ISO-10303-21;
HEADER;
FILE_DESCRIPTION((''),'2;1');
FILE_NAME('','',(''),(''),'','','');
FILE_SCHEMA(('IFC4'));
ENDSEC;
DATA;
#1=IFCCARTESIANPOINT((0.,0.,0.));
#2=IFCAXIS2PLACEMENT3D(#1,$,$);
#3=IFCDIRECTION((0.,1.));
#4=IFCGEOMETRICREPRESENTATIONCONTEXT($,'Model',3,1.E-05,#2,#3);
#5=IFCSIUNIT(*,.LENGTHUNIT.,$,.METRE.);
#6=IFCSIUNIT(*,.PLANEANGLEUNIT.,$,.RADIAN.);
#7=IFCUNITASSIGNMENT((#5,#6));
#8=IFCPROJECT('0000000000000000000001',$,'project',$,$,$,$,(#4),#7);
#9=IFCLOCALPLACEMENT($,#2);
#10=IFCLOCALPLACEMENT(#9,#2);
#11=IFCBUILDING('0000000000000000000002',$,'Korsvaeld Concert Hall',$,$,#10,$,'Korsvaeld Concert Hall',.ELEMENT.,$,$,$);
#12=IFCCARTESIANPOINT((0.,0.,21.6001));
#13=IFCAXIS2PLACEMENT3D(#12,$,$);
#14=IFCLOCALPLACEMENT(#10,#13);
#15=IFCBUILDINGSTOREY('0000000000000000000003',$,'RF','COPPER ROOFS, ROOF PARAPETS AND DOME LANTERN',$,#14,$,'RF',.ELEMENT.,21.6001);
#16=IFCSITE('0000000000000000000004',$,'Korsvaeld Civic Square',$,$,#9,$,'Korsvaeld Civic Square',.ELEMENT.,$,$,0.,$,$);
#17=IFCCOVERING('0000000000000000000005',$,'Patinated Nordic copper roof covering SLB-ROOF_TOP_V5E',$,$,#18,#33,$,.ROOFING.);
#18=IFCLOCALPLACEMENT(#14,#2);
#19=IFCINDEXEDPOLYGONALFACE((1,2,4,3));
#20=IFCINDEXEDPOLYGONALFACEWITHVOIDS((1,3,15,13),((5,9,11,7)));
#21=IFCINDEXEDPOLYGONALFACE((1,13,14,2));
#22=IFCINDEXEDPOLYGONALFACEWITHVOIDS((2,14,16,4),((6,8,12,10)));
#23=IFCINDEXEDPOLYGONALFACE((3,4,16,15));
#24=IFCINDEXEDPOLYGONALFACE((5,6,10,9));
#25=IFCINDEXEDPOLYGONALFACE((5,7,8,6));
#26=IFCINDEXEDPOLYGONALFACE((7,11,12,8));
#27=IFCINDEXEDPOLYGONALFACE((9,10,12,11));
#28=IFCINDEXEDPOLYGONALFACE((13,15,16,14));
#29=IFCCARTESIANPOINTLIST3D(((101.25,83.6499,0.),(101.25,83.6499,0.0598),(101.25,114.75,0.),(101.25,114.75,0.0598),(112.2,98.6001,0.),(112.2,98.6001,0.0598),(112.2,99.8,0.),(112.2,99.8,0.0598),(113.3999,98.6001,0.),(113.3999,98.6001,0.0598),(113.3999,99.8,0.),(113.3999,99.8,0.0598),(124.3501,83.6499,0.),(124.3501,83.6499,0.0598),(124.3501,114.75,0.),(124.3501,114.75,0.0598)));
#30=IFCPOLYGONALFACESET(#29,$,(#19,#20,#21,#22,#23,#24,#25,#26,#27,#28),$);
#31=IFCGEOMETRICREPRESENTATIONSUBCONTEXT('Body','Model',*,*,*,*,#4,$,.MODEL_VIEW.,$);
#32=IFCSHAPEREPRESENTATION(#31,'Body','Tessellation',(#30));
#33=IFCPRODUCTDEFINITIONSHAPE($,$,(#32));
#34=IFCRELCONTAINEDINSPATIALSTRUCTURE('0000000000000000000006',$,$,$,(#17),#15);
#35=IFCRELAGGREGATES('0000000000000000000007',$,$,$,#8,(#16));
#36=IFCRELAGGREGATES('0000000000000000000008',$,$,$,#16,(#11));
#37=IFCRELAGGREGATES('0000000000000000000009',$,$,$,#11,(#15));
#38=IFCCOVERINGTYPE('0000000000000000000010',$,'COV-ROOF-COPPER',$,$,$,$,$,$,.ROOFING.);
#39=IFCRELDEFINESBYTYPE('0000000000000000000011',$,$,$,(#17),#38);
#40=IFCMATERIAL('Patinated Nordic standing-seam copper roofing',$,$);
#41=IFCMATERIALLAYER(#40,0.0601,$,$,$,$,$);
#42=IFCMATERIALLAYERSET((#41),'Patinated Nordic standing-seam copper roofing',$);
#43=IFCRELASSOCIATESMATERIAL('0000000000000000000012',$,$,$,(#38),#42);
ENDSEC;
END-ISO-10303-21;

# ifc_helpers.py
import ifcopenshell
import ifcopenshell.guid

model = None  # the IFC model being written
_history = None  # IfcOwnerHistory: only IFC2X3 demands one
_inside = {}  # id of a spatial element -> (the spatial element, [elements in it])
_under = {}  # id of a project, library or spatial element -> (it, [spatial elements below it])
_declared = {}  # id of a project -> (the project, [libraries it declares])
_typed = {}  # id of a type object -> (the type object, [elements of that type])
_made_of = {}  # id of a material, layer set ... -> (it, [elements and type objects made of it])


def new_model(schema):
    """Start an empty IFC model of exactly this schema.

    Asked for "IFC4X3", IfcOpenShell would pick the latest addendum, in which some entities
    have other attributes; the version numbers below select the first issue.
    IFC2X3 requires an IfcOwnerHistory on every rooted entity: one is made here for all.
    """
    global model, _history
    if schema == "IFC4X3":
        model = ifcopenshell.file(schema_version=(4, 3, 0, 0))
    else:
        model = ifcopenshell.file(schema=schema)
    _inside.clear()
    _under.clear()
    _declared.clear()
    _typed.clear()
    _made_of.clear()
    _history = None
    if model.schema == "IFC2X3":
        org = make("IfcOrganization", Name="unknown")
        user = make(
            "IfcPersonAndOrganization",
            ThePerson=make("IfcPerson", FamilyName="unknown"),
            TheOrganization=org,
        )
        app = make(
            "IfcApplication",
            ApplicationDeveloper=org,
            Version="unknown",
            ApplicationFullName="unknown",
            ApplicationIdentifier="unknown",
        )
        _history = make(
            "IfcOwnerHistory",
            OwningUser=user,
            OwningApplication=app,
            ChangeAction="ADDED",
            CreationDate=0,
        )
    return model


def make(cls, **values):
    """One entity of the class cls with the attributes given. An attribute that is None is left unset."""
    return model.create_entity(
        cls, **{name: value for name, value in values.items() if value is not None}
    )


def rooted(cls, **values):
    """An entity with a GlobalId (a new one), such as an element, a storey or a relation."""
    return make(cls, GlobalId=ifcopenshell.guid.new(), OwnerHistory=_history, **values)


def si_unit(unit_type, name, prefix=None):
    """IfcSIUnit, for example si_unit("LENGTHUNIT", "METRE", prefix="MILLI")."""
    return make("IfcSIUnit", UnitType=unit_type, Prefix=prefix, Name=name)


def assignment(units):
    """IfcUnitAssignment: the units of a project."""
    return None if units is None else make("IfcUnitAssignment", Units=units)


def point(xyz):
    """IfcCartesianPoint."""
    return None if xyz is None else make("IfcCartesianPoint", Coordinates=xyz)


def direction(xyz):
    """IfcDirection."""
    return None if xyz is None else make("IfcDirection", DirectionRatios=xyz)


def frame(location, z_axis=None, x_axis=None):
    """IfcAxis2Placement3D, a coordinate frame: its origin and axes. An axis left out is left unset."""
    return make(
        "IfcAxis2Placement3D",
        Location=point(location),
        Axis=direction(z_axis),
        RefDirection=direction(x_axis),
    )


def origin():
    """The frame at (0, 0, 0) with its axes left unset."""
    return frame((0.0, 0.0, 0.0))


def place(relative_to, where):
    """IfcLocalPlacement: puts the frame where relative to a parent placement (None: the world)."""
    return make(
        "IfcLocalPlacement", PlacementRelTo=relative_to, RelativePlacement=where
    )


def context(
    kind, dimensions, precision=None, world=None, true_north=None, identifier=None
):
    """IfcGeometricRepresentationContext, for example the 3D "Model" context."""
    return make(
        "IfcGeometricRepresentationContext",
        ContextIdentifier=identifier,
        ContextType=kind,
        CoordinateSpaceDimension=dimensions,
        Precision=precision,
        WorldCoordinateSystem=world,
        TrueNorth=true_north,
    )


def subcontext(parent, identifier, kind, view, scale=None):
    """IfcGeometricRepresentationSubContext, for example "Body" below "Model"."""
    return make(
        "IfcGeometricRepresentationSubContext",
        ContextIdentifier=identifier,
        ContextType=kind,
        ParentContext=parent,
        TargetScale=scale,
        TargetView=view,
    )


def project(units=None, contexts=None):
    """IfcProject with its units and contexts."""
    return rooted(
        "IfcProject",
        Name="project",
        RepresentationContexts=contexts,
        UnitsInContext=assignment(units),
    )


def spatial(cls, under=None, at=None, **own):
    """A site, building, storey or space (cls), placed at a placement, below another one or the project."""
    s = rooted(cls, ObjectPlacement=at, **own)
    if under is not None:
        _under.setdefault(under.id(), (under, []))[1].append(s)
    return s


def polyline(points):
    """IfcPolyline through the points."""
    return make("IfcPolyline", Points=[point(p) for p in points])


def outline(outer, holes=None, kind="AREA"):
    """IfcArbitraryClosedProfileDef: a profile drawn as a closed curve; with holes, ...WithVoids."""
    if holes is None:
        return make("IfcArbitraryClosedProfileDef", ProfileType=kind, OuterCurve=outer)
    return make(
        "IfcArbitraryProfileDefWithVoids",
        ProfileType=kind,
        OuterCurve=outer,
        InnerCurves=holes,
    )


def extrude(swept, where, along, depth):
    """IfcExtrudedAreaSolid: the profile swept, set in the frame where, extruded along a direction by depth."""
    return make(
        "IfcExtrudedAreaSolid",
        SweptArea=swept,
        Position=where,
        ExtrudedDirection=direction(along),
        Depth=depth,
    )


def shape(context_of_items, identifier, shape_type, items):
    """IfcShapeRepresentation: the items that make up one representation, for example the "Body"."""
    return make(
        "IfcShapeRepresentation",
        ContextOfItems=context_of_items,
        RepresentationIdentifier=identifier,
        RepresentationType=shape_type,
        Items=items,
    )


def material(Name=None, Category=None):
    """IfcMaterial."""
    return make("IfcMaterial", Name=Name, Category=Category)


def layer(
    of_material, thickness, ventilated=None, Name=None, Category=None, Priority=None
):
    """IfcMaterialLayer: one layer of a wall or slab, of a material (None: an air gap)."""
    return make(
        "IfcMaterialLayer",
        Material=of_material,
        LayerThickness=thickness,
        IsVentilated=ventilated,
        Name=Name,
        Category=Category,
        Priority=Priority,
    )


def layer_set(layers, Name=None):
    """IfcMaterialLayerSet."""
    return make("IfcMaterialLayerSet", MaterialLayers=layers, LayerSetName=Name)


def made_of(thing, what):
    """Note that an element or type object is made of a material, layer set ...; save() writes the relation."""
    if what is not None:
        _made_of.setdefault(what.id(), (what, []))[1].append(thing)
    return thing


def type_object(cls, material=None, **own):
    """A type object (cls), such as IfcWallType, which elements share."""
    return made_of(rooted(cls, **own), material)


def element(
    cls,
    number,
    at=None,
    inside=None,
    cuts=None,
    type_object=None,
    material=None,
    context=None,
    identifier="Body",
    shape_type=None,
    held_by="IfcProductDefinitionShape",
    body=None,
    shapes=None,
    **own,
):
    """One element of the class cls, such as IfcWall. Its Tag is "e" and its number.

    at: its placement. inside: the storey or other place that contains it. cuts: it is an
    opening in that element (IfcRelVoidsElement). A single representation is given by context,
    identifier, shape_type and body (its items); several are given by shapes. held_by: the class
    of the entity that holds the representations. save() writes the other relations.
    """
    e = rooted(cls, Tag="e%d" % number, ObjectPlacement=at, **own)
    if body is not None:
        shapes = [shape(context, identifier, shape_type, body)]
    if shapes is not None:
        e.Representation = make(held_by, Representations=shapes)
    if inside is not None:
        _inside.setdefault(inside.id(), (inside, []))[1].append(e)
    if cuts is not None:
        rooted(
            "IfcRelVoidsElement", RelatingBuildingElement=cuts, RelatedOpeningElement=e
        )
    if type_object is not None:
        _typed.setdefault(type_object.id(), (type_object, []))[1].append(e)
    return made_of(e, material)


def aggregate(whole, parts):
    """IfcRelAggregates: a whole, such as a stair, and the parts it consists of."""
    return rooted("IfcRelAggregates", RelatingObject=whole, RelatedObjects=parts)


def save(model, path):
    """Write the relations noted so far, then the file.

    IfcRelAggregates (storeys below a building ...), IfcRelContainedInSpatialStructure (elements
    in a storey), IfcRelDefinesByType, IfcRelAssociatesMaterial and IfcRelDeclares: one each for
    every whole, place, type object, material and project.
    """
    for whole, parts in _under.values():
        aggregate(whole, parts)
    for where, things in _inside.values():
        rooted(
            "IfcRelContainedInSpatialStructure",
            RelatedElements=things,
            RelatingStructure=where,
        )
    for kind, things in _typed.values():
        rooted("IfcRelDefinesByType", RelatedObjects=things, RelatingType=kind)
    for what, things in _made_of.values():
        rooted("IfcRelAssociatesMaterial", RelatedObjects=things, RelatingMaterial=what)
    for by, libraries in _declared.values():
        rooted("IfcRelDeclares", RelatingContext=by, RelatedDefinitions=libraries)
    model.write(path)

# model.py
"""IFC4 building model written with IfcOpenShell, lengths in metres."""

from ifc_helpers import new_model, si_unit, direction, frame, origin, place, context, subcontext, project, spatial, polyline, outline, extrude, material, layer, layer_set, type_object, element, save


model = new_model("IFC4")

# Units and contexts
model_context = context("Model", 3, precision=1e-05, world=origin(), true_north=direction((0.0, 1.0)))
body_context = subcontext(model_context, "Body", "Model", "MODEL_VIEW")
ifc_project = project(units=[si_unit("LENGTHUNIT", "METRE"), si_unit("PLANEANGLEUNIT", "RADIAN")], contexts=[model_context])

# Site, building, storey
site_placement = place(None, origin())
site = spatial("IfcSite", under=ifc_project, at=site_placement, Name="Korsvaeld Civic Square", LongName="Korsvaeld Civic Square", CompositionType="ELEMENT", RefElevation=0.0)
building_placement = place(site_placement, origin())
building = spatial("IfcBuilding", under=site, at=building_placement, Name="Korsvaeld Concert Hall", LongName="Korsvaeld Concert Hall", CompositionType="ELEMENT")
storey_placement = place(building_placement, frame((0.0, 0.0, 21.6001)))
storey = spatial("IfcBuildingStorey", under=building, at=storey_placement, Name="RF", Description="COPPER ROOFS, ROOF PARAPETS AND DOME LANTERN", LongName="RF", CompositionType="ELEMENT", Elevation=21.6001)

# Covering
ifc_material_1 = material(Name="Patinated Nordic standing-seam copper roofing")
ifc_layer_1 = layer(ifc_material_1, 0.0601)
ifc_layer_set_1 = layer_set([ifc_layer_1], Name="Patinated Nordic standing-seam copper roofing")
covering_type = type_object("IfcCoveringType", Name="COV-ROOF-COPPER", PredefinedType="ROOFING", material=ifc_layer_set_1)
covering_1_placement = place(storey_placement, origin())
element("IfcCovering", 1, at=covering_1_placement, inside=storey, type_object=covering_type, Name="Patinated Nordic copper roof covering SLB-ROOF_TOP_V5E", PredefinedType="ROOFING", context=body_context, shape_type="SweptSolid", body=[
    extrude(outline(polyline([(101.25, 83.6499), (101.25, 114.75), (124.3501, 114.75), (124.3501, 83.6499), (101.25, 83.6499)]), holes=[polyline([(112.2, 98.6001), (113.3999, 98.6001), (113.3999, 99.8), (112.2, 99.8), (112.2, 98.6001)])]), origin(), (0.0, 0.0, 1.0), 0.0598),
])

save(model, "model.ifc")
